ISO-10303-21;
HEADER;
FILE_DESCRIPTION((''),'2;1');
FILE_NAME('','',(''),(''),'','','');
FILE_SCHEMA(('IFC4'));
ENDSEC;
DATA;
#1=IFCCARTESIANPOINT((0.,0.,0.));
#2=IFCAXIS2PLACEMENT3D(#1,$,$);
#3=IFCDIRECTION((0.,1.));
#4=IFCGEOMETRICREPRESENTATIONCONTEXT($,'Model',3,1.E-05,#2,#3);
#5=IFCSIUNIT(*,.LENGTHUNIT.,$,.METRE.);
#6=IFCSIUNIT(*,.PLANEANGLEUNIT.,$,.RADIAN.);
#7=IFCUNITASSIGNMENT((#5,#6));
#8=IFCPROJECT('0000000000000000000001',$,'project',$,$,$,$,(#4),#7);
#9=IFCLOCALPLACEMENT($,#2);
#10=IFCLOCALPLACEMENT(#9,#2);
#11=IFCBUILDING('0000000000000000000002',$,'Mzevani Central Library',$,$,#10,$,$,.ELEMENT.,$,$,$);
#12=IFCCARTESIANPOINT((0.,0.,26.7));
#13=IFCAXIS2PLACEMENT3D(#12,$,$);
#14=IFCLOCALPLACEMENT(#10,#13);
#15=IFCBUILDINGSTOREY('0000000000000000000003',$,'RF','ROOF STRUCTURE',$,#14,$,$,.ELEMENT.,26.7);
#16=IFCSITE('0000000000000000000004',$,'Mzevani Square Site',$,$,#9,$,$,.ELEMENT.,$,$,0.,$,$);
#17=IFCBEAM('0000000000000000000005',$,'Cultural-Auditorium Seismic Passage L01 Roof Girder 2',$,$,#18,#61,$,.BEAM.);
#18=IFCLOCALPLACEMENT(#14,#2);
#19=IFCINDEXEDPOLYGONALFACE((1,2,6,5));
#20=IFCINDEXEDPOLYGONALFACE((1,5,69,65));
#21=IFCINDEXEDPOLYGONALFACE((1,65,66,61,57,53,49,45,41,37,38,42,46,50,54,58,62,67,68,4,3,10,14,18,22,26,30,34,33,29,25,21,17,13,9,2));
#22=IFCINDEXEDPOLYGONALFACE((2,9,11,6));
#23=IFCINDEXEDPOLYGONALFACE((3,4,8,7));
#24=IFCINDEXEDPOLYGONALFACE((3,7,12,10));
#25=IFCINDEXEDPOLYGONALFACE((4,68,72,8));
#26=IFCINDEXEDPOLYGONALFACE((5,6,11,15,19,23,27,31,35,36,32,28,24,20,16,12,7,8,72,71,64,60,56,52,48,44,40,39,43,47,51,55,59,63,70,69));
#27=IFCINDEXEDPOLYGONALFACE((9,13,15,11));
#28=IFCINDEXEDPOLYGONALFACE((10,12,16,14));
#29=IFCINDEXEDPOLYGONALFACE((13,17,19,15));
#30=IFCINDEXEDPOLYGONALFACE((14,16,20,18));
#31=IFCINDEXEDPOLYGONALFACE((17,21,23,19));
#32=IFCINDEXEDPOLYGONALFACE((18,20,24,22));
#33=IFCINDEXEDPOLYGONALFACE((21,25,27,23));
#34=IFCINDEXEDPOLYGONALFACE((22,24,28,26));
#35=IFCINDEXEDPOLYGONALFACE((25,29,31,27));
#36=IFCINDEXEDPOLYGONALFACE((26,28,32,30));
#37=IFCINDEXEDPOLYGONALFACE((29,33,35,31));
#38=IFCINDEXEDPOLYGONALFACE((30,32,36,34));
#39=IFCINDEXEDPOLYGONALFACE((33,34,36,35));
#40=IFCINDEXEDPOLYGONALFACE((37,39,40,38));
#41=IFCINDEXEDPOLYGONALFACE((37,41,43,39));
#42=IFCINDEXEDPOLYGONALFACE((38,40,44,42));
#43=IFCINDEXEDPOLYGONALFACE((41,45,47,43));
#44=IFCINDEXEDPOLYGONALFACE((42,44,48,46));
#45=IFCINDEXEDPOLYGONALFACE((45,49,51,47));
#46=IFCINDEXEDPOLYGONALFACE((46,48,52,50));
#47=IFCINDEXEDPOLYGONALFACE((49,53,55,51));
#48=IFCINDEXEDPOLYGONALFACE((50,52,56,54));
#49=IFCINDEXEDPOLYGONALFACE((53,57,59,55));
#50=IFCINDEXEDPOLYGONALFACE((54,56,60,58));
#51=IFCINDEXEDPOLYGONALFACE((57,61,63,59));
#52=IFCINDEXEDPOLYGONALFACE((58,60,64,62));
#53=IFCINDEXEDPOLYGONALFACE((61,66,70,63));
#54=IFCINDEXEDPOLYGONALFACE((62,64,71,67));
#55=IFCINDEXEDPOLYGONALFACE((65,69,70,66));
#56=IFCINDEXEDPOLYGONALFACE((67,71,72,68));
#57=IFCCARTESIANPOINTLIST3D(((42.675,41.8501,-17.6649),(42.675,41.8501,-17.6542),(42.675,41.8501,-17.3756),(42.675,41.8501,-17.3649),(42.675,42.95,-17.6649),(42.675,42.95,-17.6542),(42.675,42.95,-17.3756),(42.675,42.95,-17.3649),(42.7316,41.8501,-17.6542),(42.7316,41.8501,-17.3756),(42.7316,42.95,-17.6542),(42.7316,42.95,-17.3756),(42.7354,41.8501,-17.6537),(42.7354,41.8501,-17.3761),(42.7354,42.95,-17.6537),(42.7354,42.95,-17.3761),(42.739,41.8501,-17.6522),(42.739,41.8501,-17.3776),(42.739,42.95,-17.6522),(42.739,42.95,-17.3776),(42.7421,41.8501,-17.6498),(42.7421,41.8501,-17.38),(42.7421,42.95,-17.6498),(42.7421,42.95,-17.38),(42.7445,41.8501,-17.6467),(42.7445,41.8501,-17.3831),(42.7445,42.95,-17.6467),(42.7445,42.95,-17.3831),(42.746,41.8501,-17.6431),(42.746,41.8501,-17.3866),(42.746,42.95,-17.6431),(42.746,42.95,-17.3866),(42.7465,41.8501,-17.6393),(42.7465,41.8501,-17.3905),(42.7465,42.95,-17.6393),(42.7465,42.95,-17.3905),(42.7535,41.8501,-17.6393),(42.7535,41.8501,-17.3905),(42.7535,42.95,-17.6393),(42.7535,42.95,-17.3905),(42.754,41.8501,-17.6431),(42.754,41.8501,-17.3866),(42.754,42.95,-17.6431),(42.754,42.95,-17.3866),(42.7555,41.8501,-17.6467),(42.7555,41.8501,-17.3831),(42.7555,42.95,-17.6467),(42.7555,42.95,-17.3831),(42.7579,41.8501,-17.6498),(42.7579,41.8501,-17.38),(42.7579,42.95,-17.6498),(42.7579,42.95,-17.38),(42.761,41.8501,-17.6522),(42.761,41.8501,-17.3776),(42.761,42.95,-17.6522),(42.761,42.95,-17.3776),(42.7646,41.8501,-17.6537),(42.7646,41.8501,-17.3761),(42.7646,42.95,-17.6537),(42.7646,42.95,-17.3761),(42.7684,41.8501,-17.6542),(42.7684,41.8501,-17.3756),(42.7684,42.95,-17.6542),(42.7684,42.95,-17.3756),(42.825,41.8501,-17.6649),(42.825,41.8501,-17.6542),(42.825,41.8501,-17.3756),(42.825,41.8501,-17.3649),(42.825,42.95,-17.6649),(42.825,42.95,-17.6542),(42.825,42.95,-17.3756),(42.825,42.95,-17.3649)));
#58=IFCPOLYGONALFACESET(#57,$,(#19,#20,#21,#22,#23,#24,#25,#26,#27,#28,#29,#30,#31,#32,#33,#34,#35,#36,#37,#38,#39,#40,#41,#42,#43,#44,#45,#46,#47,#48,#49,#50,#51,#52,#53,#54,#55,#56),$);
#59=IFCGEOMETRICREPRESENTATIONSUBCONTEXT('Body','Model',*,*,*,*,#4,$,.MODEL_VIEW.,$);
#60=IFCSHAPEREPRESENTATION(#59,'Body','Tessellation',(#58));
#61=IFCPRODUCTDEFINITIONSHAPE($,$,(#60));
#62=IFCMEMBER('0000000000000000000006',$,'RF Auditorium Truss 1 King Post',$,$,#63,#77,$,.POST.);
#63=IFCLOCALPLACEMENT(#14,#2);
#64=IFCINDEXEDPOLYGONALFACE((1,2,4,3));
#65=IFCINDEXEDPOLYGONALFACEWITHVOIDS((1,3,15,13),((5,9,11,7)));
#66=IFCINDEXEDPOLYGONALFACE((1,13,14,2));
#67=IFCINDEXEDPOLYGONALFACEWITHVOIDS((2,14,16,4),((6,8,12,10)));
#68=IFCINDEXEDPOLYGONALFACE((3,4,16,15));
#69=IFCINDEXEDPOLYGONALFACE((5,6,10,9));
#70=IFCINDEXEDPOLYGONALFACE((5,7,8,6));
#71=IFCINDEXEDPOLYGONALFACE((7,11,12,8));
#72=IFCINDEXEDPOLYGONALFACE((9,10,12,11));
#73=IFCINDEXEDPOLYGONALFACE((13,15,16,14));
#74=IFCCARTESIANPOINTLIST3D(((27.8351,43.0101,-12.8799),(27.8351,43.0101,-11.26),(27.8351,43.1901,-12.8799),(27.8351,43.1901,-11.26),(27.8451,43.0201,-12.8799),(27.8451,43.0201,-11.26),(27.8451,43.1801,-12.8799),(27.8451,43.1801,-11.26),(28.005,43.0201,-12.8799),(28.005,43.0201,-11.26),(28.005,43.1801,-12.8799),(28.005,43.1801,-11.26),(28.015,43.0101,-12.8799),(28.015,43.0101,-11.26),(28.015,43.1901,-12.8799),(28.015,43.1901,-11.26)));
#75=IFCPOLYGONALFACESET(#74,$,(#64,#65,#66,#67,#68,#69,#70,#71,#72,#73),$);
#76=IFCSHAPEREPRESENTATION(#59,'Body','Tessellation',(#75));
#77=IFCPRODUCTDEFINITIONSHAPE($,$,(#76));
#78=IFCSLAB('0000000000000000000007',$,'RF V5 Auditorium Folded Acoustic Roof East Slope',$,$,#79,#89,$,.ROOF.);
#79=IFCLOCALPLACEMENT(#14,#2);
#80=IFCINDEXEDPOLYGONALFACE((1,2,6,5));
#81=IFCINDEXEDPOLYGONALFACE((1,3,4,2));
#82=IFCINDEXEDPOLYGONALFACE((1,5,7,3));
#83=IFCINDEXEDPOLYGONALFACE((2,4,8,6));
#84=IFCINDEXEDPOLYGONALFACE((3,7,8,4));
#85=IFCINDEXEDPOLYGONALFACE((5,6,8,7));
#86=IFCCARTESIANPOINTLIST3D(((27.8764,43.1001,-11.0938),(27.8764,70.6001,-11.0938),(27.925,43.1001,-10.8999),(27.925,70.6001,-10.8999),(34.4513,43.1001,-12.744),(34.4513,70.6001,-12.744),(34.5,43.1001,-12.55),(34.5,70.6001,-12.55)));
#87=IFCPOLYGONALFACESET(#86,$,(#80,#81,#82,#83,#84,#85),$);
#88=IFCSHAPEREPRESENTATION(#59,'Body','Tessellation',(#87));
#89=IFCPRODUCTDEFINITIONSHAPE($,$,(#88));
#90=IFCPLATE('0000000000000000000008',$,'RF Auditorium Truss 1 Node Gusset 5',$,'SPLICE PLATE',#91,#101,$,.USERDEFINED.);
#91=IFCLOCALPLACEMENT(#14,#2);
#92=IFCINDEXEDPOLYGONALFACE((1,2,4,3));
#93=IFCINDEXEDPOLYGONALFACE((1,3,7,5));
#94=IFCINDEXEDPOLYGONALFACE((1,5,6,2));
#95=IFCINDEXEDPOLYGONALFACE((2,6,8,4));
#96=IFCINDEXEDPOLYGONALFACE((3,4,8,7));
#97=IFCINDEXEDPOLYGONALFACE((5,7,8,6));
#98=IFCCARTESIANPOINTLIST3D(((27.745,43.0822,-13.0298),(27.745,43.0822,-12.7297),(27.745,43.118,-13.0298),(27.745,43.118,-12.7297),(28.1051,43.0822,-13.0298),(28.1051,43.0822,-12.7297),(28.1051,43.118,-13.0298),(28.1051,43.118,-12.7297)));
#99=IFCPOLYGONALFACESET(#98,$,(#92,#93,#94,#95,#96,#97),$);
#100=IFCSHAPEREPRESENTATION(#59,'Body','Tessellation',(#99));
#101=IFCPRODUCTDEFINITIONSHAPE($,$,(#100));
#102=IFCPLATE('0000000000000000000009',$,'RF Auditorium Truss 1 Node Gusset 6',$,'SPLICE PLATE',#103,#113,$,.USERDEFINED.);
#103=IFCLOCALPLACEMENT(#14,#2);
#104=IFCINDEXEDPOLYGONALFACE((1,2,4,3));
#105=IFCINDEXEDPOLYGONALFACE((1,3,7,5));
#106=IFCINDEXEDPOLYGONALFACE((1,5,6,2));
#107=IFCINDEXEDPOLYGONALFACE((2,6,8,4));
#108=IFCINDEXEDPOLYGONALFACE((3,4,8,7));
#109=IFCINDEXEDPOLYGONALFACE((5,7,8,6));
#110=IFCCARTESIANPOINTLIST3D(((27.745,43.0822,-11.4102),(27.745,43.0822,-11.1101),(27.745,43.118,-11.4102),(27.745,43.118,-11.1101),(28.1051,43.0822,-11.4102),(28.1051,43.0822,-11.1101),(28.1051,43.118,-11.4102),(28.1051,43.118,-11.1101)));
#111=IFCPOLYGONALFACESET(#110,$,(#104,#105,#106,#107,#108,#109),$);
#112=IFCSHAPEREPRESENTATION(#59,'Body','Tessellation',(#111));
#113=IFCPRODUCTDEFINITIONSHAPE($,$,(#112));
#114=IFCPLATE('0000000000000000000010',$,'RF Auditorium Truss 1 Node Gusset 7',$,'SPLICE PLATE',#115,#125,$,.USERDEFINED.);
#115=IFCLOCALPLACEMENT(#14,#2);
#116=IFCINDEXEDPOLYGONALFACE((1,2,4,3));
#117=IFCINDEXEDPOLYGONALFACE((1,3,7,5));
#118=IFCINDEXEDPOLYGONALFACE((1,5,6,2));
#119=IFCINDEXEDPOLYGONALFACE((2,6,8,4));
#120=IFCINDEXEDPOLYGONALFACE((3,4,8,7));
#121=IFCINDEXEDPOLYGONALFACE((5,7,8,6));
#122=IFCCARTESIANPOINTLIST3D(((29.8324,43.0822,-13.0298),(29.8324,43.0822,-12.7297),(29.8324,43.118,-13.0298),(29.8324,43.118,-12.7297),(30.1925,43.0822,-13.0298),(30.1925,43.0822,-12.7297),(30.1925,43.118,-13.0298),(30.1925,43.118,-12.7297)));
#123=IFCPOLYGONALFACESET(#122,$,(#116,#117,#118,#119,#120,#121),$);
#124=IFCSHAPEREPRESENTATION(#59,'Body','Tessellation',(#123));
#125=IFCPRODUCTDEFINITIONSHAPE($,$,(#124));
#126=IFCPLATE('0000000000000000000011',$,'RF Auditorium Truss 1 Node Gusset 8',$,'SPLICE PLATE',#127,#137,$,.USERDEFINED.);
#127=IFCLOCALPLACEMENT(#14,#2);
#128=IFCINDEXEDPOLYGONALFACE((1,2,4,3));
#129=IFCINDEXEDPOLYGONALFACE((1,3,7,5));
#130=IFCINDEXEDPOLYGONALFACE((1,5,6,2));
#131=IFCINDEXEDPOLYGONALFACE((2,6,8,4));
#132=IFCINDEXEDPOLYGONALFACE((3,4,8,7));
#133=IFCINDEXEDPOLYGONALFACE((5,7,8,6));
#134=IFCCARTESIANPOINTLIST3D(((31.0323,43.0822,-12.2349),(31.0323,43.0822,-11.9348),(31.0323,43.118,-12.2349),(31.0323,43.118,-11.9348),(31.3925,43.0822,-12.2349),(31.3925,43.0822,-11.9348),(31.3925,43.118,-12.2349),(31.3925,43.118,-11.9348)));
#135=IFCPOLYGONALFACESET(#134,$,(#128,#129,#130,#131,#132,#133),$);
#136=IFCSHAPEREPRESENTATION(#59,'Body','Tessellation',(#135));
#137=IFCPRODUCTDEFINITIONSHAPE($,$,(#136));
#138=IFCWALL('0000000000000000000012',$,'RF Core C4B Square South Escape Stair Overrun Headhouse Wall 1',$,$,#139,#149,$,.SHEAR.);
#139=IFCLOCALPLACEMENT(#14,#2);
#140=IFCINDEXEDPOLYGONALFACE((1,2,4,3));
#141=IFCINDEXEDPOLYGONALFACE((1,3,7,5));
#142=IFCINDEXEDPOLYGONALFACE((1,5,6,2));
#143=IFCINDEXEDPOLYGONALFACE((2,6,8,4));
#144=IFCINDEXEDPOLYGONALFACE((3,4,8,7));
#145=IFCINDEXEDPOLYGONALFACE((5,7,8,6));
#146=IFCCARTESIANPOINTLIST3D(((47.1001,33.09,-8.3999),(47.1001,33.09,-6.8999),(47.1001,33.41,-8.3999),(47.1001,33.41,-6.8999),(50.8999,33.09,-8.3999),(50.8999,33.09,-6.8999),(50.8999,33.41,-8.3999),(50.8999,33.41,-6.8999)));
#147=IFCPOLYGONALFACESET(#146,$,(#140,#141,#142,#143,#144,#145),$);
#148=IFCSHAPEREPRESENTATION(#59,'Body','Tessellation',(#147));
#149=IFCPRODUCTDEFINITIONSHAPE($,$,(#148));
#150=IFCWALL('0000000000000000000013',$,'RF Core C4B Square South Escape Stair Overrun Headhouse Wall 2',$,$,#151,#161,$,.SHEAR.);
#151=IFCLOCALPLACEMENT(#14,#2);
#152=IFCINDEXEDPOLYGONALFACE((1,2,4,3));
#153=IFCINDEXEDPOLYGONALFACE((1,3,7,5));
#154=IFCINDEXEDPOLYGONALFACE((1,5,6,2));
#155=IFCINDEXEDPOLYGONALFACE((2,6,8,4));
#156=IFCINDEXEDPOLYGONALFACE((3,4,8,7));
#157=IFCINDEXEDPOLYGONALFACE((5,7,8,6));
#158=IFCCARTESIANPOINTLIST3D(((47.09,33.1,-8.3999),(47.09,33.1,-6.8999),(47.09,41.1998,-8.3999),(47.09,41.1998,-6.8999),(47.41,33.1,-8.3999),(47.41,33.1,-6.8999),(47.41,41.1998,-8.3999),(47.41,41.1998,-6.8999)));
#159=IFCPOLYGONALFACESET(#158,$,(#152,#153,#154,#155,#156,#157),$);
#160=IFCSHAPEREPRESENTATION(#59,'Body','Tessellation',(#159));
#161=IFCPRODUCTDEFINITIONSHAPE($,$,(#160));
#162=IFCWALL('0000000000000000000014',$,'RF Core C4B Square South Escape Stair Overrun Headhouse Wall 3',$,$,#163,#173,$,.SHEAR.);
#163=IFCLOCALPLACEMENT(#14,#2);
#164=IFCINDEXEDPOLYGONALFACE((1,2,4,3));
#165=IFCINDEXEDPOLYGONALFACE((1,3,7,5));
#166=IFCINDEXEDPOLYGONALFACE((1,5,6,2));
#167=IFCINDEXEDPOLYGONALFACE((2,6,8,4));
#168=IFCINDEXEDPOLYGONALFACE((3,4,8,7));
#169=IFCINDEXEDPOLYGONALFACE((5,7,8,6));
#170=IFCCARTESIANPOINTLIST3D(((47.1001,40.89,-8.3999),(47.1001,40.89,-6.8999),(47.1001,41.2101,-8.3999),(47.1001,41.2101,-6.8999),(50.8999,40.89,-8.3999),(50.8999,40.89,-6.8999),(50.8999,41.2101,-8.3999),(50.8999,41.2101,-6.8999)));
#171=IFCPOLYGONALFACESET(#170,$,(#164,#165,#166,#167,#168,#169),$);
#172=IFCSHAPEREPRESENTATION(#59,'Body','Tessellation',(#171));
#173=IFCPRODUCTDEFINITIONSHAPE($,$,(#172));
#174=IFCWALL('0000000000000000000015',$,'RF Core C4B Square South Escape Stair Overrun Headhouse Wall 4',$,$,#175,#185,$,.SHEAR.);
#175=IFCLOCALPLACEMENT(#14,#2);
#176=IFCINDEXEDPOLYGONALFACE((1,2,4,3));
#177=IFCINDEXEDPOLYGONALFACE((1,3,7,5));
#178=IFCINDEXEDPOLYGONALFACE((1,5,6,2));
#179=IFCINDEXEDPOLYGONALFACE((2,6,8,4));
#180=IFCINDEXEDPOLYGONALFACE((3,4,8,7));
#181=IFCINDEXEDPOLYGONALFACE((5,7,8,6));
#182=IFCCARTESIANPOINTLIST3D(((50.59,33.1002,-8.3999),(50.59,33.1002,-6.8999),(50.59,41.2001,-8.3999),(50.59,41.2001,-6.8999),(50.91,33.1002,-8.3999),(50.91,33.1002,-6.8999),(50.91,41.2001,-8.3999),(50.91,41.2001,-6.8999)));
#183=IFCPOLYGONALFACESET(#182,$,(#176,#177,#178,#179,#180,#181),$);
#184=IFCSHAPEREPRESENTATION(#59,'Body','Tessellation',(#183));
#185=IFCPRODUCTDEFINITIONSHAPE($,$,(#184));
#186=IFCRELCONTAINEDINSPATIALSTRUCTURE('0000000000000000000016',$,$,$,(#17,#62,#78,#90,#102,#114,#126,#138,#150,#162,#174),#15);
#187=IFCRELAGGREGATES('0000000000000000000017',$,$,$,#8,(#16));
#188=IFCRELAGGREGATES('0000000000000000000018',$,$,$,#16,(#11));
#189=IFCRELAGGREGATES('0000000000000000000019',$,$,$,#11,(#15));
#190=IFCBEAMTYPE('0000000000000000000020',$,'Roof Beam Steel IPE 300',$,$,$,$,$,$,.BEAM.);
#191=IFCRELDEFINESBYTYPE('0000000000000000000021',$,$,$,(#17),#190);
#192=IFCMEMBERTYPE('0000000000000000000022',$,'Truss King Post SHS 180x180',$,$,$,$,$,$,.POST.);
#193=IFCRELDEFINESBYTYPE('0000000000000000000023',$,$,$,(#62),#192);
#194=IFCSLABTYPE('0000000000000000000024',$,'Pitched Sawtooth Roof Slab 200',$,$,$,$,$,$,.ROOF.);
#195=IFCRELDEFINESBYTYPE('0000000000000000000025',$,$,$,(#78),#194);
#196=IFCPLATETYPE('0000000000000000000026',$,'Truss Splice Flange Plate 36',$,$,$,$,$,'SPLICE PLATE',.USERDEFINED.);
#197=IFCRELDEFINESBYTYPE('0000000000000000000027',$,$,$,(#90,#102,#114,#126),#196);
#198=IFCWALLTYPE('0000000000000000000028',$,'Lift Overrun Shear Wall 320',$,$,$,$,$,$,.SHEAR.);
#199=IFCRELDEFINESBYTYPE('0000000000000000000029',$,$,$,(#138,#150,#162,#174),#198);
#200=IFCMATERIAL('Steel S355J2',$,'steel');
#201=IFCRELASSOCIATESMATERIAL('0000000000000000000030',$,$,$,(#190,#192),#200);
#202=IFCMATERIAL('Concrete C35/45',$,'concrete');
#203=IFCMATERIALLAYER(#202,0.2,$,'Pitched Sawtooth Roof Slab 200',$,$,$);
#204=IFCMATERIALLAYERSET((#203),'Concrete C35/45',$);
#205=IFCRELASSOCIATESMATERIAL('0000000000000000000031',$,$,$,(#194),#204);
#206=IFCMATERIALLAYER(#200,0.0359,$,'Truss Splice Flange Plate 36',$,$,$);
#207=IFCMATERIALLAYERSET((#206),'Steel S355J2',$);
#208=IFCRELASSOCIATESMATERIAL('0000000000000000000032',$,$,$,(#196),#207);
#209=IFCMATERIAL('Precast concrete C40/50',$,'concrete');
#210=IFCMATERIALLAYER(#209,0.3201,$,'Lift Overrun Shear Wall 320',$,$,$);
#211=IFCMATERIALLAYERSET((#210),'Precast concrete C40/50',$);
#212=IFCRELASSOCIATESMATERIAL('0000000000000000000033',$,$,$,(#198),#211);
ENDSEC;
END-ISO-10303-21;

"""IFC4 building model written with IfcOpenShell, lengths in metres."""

from ifc_helpers import new_model, si_unit, direction, frame, frame_2d, origin, origin_2d, place, context, subcontext, project, spatial, polyline, rectangle, hollow_rectangle, i_section, outline, extrude, material, layer, layer_set, material_profile, profile_set, type_object, element, save


model = new_model("IFC4")

# Units and contexts
model_context = context("Model", 3, precision=1e-05, world=origin(), true_north=direction((0.0, 1.0)))
body_context = subcontext(model_context, "Body", "Model", "MODEL_VIEW")
ifc_project = project(units=[si_unit("LENGTHUNIT", "METRE"), si_unit("PLANEANGLEUNIT", "RADIAN")], contexts=[model_context])

# Site, building, storey
site_placement = place(None, origin())
site = spatial("IfcSite", under=ifc_project, at=site_placement, Name="Mzevani Square Site", CompositionType="ELEMENT", RefElevation=0.0)
building_placement = place(site_placement, origin())
building = spatial("IfcBuilding", under=site, at=building_placement, Name="Mzevani Central Library", CompositionType="ELEMENT")
storey_placement = place(building_placement, frame((0.0, 0.0, 26.7)))
storey = spatial("IfcBuildingStorey", under=building, at=storey_placement, Name="RF", Description="ROOF STRUCTURE", CompositionType="ELEMENT", Elevation=26.7)

# Shared definitions
ifc_material_1 = material(Name="Steel S355J2", Category="steel")

# Beam
ifc_material_2 = material(Name="Concrete C35/45", Category="concrete")
ifc_material_profile_1 = material_profile(ifc_material_1, i_section(OverallWidth=0.1499, OverallDepth=0.3, WebThickness=0.0071, FlangeThickness=0.0107, FilletRadius=0.0149, at=origin_2d()), Name="IPE 300")
ifc_profile_set_1 = profile_set([ifc_material_profile_1], Name="Steel S355J2")
beam_type_1 = type_object("IfcBeamType", Name="Roof Beam Steel IPE 300", PredefinedType="BEAM", material=ifc_profile_set_1)
for number, where, z_axis, x_axis, name in (
    (1, (42.75, 41.8501, -17.5149), (0.0, 1.0, 0.0), (-1.0, 0.0, 0.0), "Cultural-Auditorium Seismic Passage L01 Roof Girder 2"),
):
    element("IfcBeam", number, at=place(storey_placement, frame(where, z_axis=z_axis, x_axis=x_axis)), inside=storey, type_object=beam_type_1, Name=name, PredefinedType="BEAM", context=body_context, shape_type="SweptSolid", body=[
        extrude(i_section(OverallWidth=0.1499, OverallDepth=0.3, WebThickness=0.0071, FlangeThickness=0.0107, FilletRadius=0.0149, at=origin_2d()), origin(), (0.0, 0.0, 1.0), 1.0999),
    ])

# Member
ifc_material_profile_2 = material_profile(ifc_material_1, hollow_rectangle(XDim=0.1799, YDim=0.1799, WallThickness=0.01, at=origin_2d()), Name="SHS 180x180x10.0")
ifc_profile_set_2 = profile_set([ifc_material_profile_2], Name="Steel S355J2")
member_type_1 = type_object("IfcMemberType", Name="Truss King Post SHS 180x180", PredefinedType="POST", material=ifc_profile_set_2)
member_1_placement = place(storey_placement, frame((27.925, 43.1001, -12.8799), z_axis=(0.0, 0.0, 1.0), x_axis=(1.0, 0.0, 0.0)))
element("IfcMember", 2, at=member_1_placement, inside=storey, type_object=member_type_1, Name="RF Auditorium Truss 1 King Post", PredefinedType="POST", context=body_context, shape_type="SweptSolid", body=[
    extrude(hollow_rectangle(XDim=0.1799, YDim=0.1799, WallThickness=0.01, at=origin_2d()), origin(), (0.0, 0.0, 1.0), 1.6199),
])

# Slab
ifc_layer_1 = layer(ifc_material_2, 0.2, Name="Pitched Sawtooth Roof Slab 200")
ifc_layer_set_1 = layer_set([ifc_layer_1], Name="Concrete C35/45")
slab_type = type_object("IfcSlabType", Name="Pitched Sawtooth Roof Slab 200", PredefinedType="ROOF", material=ifc_layer_set_1)
slab_placement = place(storey_placement, frame((27.925, 43.1001, -10.8999), z_axis=(0.243425, 0.0, 0.96992), x_axis=(0.96992, 0.0, -0.243425)))
element("IfcSlab", 3, at=slab_placement, inside=storey, type_object=slab_type, Name="RF V5 Auditorium Folded Acoustic Roof East Slope", PredefinedType="ROOF", context=body_context, shape_type="SweptSolid", body=[
    extrude(outline(polyline([(0.0, 0.0), (6.7789, 0.0), (6.7789, 27.5), (0.0, 27.5), (0.0, 0.0)])), origin(), (0.0, 0.0, -1.0), 0.2),
])

# Plates
ifc_layer_2 = layer(ifc_material_1, 0.0359, Name="Truss Splice Flange Plate 36")
ifc_layer_set_2 = layer_set([ifc_layer_2], Name="Steel S355J2")
plate_type = type_object("IfcPlateType", Name="Truss Splice Flange Plate 36", ElementType="SPLICE PLATE", PredefinedType="USERDEFINED", material=ifc_layer_set_2)
for number, where, z_axis, x_axis, name in (
    (4, (27.925, 43.1001, -13.0298), (0.0, 0.0, 1.0), (1.0, 0.0, 0.0), "RF Auditorium Truss 1 Node Gusset 5"),
    (5, (27.925, 43.1001, -11.4102), (0.0, 0.0, 1.0), (1.0, 0.0, 0.0), "RF Auditorium Truss 1 Node Gusset 6"),
    (6, (30.0125, 43.1001, -13.0298), (0.0, 0.0, 1.0), (1.0, 0.0, 0.0), "RF Auditorium Truss 1 Node Gusset 7"),
    (7, (31.2124, 43.1001, -12.2349), (0.0, 0.0, 1.0), (1.0, 0.0, 0.0), "RF Auditorium Truss 1 Node Gusset 8"),
):
    element("IfcPlate", number, at=place(storey_placement, frame(where, z_axis=z_axis, x_axis=x_axis)), inside=storey, type_object=plate_type, Name=name, ObjectType="SPLICE PLATE", PredefinedType="USERDEFINED", context=body_context, shape_type="SweptSolid", body=[
        extrude(rectangle(XDim=0.3601, YDim=0.0359, at=origin_2d()), origin(), (0.0, 0.0, 1.0), 0.3),
    ])

# Walls
ifc_material_3 = material(Name="Precast concrete C40/50", Category="concrete")
ifc_layer_3 = layer(ifc_material_3, 0.3201, Name="Lift Overrun Shear Wall 320")
ifc_layer_set_3 = layer_set([ifc_layer_3], Name="Precast concrete C40/50")
wall_type_1 = type_object("IfcWallType", Name="Lift Overrun Shear Wall 320", PredefinedType="SHEAR", material=ifc_layer_set_3)
wall_1_placement = place(storey_placement, frame((50.8999, 33.25, -8.3999), z_axis=(0.0, 0.0, 1.0), x_axis=(-1.0, 0.0, 0.0)))
element("IfcWall", 8, at=wall_1_placement, inside=storey, type_object=wall_type_1, Name="RF Core C4B Square South Escape Stair Overrun Headhouse Wall 1", PredefinedType="SHEAR", context=body_context, shape_type="SweptSolid", body=[
    extrude(rectangle(XDim=3.7998, YDim=0.3201, at=frame_2d((1.8999, 0.0))), origin(), (0.0, 0.0, 1.0), 1.5),
])
wall_2_placement = place(storey_placement, frame((47.25, 33.1001, -8.3999), z_axis=(0.0, 0.0, 1.0), x_axis=(0.0, 1.0, 0.0)))
element("IfcWall", 9, at=wall_2_placement, inside=storey, type_object=wall_type_1, Name="RF Core C4B Square South Escape Stair Overrun Headhouse Wall 2", PredefinedType="SHEAR", context=body_context, shape_type="SweptSolid", body=[
    extrude(rectangle(XDim=8.0999, YDim=0.3201, at=frame_2d((4.0498, 0.0))), origin(), (0.0, 0.0, 1.0), 1.5),
])
wall_3_placement = place(storey_placement, frame((47.1001, 41.05, -8.3999), z_axis=(0.0, 0.0, 1.0), x_axis=(1.0, 0.0, 0.0)))
element("IfcWall", 10, at=wall_3_placement, inside=storey, type_object=wall_type_1, Name="RF Core C4B Square South Escape Stair Overrun Headhouse Wall 3", PredefinedType="SHEAR", context=body_context, shape_type="SweptSolid", body=[
    extrude(rectangle(XDim=3.7998, YDim=0.3201, at=frame_2d((1.8999, 0.0))), origin(), (0.0, 0.0, 1.0), 1.5),
])
wall_4_placement = place(storey_placement, frame((50.75, 41.2, -8.3999), z_axis=(0.0, 0.0, 1.0), x_axis=(0.0, -1.0, 0.0)))
element("IfcWall", 11, at=wall_4_placement, inside=storey, type_object=wall_type_1, Name="RF Core C4B Square South Escape Stair Overrun Headhouse Wall 4", PredefinedType="SHEAR", context=body_context, shape_type="SweptSolid", body=[
    extrude(rectangle(XDim=8.0999, YDim=0.3201, at=frame_2d((4.0498, 0.0))), origin(), (0.0, 0.0, 1.0), 1.5),
])

save(model, "model.ifc")
